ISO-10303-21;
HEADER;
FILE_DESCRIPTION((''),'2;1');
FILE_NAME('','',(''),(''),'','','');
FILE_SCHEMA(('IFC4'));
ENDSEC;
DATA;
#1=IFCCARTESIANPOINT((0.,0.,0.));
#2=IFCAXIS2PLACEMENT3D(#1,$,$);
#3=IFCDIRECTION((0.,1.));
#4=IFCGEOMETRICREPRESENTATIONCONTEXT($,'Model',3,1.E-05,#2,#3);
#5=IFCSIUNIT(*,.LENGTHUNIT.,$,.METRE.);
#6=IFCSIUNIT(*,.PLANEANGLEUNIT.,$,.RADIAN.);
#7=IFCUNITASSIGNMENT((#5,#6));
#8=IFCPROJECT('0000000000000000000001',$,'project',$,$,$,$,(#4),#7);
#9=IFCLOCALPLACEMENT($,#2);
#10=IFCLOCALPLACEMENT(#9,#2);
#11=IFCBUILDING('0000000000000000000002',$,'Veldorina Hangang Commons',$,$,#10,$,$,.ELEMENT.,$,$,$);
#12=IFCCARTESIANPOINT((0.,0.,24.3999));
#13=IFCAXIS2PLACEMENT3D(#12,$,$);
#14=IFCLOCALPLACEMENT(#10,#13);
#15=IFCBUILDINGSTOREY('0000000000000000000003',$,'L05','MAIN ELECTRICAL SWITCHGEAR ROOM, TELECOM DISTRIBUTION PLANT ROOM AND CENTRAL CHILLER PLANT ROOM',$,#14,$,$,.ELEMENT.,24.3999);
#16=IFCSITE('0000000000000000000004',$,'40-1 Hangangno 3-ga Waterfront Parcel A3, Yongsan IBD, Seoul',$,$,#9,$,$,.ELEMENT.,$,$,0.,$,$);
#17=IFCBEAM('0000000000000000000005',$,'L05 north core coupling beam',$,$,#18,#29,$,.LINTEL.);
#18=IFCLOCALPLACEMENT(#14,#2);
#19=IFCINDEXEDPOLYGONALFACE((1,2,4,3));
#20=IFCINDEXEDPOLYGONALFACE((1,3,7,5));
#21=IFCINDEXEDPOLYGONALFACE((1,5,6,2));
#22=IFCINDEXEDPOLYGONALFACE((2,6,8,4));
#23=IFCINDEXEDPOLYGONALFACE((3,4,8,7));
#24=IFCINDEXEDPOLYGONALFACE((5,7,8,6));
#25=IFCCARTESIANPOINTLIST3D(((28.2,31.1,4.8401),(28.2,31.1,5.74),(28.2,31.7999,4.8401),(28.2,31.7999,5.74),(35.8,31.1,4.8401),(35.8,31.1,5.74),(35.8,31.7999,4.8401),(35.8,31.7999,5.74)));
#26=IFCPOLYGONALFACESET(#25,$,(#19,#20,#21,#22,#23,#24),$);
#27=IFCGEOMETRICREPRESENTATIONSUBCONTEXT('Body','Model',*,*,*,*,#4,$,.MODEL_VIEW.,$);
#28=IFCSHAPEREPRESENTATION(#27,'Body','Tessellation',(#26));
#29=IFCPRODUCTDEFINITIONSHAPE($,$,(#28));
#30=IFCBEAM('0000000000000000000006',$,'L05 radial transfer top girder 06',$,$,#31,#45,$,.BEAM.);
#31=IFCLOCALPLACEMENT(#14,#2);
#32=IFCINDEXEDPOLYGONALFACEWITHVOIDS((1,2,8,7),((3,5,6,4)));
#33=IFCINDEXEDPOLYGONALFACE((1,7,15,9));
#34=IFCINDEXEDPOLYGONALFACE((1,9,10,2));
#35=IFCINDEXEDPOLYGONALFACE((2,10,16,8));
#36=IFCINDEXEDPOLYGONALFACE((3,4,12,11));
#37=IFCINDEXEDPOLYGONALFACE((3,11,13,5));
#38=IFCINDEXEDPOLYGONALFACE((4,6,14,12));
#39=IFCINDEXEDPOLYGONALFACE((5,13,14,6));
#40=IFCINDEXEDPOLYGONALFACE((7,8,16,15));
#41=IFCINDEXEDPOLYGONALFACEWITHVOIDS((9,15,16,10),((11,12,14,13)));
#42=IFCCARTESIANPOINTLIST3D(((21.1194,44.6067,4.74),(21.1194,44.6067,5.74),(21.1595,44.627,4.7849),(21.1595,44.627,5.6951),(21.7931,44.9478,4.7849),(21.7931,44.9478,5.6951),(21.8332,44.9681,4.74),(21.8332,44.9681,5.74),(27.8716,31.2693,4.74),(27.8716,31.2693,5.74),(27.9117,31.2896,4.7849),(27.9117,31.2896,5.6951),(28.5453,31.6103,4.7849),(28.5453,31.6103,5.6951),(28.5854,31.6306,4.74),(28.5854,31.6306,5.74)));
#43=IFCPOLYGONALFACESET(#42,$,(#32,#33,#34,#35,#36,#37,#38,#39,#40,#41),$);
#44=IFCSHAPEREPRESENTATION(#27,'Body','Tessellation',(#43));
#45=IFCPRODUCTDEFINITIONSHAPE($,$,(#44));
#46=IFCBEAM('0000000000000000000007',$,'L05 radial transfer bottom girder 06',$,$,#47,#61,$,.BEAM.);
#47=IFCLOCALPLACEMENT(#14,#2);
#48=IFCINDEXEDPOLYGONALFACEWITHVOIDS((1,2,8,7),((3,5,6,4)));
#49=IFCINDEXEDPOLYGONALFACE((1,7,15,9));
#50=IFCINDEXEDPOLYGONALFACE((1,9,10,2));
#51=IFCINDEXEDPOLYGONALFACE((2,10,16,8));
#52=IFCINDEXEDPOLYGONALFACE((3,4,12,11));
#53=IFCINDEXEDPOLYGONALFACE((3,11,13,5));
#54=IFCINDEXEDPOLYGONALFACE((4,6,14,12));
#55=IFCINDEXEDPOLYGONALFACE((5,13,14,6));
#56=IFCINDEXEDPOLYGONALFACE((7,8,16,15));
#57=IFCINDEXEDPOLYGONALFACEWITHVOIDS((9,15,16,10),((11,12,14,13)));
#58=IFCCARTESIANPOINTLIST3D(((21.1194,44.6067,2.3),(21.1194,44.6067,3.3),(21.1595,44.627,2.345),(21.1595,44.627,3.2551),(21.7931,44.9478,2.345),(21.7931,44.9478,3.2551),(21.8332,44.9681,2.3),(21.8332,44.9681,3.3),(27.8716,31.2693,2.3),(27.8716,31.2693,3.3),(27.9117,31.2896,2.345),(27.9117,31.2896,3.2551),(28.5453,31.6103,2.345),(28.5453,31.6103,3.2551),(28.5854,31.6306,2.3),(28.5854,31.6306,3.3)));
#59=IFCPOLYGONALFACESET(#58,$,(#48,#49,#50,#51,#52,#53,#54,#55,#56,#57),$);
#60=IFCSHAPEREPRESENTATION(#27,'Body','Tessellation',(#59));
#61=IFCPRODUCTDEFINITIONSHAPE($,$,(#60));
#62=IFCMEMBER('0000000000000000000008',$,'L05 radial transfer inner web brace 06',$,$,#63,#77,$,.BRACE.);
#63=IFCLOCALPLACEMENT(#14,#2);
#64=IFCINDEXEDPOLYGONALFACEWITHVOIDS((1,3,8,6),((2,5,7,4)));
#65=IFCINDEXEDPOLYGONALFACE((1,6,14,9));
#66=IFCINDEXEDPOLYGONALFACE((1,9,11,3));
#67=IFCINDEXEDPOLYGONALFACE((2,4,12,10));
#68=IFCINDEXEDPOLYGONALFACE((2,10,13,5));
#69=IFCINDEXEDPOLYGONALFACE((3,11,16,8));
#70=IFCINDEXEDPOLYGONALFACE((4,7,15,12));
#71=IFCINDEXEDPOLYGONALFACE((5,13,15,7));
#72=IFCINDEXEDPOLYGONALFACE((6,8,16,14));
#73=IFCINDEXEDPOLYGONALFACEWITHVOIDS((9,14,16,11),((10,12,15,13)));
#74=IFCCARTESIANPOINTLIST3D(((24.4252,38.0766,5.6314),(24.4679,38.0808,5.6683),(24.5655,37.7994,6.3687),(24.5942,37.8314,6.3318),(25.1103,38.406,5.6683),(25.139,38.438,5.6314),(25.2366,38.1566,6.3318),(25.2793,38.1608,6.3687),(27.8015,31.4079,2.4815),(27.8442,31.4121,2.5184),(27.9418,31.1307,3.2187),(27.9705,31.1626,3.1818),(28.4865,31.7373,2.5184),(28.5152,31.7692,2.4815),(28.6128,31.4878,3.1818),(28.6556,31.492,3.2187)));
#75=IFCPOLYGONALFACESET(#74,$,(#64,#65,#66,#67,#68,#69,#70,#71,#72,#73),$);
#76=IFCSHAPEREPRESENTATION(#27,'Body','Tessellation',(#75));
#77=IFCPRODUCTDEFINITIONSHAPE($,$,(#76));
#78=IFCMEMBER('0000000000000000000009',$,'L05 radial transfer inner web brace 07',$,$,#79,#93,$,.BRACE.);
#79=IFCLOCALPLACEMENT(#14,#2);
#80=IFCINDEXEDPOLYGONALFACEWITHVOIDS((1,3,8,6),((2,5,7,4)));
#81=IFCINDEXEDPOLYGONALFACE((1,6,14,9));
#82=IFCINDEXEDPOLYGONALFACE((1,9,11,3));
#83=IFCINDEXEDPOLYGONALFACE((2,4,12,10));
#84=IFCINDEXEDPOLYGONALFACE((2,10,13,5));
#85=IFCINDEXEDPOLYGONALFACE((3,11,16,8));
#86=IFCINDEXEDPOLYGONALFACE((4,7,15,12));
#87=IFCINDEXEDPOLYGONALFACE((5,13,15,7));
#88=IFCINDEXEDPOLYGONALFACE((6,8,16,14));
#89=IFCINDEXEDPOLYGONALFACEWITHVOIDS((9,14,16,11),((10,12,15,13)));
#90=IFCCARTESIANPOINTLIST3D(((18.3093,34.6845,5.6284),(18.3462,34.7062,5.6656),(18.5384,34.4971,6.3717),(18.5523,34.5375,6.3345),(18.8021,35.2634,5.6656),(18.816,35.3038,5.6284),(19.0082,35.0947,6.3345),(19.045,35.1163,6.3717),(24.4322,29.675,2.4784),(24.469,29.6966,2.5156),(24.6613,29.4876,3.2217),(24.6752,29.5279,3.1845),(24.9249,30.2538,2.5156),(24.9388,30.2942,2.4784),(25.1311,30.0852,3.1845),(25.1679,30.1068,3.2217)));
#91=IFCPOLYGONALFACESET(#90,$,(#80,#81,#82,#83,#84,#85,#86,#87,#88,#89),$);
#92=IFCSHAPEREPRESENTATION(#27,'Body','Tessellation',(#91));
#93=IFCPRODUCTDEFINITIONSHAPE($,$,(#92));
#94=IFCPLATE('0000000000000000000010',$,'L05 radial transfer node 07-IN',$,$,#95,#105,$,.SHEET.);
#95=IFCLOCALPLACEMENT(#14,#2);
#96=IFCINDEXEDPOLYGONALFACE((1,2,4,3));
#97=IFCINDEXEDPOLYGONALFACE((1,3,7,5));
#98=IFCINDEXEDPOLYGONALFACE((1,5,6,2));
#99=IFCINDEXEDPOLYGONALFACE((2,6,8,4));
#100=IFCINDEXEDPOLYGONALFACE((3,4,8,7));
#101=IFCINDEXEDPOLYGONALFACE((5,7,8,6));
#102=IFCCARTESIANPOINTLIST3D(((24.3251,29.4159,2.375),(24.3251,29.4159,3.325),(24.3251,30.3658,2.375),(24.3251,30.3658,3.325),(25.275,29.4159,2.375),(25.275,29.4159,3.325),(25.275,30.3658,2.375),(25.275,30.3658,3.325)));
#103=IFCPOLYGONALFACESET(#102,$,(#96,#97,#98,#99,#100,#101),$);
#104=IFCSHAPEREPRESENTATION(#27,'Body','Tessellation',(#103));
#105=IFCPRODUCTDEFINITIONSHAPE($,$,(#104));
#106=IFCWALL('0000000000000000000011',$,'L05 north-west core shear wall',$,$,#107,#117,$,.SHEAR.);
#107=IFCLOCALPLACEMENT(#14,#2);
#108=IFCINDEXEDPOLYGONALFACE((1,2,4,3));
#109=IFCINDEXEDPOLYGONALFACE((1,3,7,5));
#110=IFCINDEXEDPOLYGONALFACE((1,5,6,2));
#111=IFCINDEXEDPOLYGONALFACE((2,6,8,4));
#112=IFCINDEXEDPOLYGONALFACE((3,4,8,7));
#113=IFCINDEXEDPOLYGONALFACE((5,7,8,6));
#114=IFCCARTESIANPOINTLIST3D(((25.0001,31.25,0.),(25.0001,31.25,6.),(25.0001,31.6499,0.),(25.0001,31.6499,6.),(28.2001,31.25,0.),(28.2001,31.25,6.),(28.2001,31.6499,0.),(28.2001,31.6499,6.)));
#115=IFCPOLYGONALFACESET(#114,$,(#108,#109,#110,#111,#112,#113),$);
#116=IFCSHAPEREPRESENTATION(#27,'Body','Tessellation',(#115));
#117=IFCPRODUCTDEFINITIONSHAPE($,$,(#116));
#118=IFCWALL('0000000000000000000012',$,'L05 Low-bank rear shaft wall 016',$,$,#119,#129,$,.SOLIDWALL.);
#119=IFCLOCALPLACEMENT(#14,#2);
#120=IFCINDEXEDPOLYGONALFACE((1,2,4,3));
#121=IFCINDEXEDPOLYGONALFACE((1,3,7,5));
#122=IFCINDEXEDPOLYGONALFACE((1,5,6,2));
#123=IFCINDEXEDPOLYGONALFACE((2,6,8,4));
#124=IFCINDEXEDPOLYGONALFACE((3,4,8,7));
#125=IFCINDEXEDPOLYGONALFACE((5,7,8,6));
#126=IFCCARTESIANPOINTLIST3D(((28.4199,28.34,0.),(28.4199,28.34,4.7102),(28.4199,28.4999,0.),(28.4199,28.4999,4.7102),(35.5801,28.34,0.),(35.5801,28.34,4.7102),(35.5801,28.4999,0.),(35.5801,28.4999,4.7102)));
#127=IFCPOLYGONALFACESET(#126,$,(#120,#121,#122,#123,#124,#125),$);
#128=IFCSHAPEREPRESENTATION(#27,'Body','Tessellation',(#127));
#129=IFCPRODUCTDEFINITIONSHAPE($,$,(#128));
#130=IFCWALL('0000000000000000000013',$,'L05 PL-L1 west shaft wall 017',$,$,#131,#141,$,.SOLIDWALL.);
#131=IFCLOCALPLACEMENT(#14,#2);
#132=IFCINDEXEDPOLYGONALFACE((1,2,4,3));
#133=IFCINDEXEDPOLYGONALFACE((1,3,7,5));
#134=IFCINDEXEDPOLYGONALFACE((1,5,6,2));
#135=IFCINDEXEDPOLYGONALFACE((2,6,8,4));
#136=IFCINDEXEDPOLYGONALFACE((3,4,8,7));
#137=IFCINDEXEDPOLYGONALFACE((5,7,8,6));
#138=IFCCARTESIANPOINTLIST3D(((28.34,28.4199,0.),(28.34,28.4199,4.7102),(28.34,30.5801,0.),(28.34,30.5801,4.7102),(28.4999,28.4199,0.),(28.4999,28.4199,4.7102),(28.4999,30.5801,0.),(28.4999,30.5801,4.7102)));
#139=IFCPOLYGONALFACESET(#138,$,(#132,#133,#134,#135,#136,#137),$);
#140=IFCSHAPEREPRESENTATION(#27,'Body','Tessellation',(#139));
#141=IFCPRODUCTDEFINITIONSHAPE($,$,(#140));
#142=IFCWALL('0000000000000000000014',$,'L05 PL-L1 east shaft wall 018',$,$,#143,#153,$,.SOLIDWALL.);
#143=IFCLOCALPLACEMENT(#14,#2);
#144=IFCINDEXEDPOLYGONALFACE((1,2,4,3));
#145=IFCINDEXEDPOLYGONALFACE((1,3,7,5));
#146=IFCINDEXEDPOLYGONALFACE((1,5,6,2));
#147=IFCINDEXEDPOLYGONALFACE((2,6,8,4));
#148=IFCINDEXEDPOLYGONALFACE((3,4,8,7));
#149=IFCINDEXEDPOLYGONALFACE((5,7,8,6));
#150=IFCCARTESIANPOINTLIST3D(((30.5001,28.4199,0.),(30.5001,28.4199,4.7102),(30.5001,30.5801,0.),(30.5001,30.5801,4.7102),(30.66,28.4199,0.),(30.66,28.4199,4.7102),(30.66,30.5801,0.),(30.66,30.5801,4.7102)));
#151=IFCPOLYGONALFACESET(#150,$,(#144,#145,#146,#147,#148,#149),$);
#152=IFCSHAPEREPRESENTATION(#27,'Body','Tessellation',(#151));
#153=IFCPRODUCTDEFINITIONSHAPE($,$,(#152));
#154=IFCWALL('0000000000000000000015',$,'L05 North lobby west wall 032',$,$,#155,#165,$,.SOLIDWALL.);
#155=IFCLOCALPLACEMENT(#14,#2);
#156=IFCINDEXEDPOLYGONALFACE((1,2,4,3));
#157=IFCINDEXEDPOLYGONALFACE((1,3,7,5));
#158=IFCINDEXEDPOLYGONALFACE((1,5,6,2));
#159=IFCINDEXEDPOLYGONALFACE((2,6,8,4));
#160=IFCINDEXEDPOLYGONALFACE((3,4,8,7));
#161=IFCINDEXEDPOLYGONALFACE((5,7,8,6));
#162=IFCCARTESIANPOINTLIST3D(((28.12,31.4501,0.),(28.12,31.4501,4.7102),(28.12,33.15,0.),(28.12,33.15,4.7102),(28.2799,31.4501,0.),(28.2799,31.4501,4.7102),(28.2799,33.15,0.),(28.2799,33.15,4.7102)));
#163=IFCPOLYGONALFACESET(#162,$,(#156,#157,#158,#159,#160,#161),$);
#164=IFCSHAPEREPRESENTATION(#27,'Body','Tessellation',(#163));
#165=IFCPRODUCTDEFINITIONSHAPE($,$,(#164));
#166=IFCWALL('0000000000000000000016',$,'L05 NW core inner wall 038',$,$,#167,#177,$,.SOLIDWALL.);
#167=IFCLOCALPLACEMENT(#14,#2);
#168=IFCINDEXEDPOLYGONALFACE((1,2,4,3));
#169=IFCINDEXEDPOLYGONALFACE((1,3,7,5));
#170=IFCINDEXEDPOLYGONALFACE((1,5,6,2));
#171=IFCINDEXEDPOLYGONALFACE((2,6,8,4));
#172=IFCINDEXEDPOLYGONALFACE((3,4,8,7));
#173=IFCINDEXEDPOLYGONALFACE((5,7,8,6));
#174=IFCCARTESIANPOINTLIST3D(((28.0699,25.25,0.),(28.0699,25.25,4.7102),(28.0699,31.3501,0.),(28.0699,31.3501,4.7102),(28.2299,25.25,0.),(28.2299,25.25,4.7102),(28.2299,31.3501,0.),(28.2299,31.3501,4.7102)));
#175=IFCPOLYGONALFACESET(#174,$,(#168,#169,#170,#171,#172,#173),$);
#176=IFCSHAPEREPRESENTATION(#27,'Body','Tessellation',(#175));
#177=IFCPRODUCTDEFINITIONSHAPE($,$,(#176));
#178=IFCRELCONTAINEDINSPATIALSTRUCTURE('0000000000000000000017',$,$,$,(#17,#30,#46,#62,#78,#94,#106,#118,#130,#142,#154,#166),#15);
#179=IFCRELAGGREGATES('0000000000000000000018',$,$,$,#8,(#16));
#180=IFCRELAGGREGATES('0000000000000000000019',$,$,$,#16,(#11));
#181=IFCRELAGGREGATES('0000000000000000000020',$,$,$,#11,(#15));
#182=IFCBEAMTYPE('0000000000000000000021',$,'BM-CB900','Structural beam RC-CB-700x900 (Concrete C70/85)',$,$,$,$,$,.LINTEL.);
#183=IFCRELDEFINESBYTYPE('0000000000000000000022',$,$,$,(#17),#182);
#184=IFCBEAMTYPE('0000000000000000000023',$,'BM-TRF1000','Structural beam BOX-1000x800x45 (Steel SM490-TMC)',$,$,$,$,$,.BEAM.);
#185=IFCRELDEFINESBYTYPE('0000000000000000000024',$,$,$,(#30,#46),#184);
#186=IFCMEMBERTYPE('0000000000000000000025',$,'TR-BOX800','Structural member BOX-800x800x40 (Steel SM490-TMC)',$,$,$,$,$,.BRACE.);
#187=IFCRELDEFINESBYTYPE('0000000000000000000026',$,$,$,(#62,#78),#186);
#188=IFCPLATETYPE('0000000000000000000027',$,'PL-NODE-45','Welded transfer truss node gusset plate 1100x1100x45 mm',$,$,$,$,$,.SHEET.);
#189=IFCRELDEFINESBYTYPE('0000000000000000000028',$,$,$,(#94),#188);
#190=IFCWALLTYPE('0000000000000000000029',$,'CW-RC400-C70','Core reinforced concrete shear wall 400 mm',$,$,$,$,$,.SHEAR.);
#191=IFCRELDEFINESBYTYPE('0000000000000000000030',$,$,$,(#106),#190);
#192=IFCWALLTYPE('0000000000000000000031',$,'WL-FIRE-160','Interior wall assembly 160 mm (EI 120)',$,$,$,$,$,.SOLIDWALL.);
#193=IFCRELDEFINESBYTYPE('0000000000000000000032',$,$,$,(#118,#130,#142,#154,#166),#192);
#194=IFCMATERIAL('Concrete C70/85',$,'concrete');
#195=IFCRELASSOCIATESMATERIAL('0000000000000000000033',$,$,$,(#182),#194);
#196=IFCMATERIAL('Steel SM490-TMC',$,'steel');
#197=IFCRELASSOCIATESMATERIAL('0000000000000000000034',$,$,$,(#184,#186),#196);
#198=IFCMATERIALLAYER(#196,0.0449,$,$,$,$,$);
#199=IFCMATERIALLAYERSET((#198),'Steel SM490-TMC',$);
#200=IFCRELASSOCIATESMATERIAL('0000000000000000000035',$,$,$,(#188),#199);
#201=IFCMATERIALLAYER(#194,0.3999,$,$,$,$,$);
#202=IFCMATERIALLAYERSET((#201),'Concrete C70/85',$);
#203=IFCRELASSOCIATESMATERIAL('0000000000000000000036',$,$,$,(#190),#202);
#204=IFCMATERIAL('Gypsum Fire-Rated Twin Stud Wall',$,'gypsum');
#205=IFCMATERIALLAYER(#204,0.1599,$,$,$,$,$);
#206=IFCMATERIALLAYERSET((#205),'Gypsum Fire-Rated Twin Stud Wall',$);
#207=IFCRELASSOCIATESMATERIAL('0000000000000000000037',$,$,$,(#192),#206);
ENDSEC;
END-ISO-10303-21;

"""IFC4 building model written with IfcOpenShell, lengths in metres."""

from ifc_helpers import new_model, si_unit, direction, frame, frame_2d, origin, origin_2d, place, context, subcontext, project, spatial, rectangle, hollow_rectangle, extrude, material, layer, layer_set, material_profile, profile_set, type_object, element, save


model = new_model("IFC4")

# Units and contexts
model_context = context("Model", 3, precision=1e-05, world=origin(), true_north=direction((0.0, 1.0)))
body_context = subcontext(model_context, "Body", "Model", "MODEL_VIEW")
ifc_project = project(units=[si_unit("LENGTHUNIT", "METRE"), si_unit("PLANEANGLEUNIT", "RADIAN")], contexts=[model_context])

# Site, building, storey
site_placement = place(None, origin())
site = spatial("IfcSite", under=ifc_project, at=site_placement, Name="40-1 Hangangno 3-ga Waterfront Parcel A3, Yongsan IBD, Seoul", CompositionType="ELEMENT", RefElevation=0.0)
building_placement = place(site_placement, origin())
building = spatial("IfcBuilding", under=site, at=building_placement, Name="Veldorina Hangang Commons", CompositionType="ELEMENT")
storey_placement = place(building_placement, frame((0.0, 0.0, 24.3999)))
storey = spatial("IfcBuildingStorey", under=building, at=storey_placement, Name="L05", Description="MAIN ELECTRICAL SWITCHGEAR ROOM, TELECOM DISTRIBUTION PLANT ROOM AND CENTRAL CHILLER PLANT ROOM", CompositionType="ELEMENT", Elevation=24.3999)

# Beams
ifc_material_1 = material(Name="Concrete C70/85", Category="concrete")
ifc_material_profile_1 = material_profile(ifc_material_1, rectangle(XDim=0.7, YDim=0.8999, at=origin_2d()), Name="RC-CB-700x900")
ifc_profile_set_1 = profile_set([ifc_material_profile_1], Name="Concrete C70/85")
beam_type_1 = type_object("IfcBeamType", Name="BM-CB900", Description="Structural beam RC-CB-700x900 (Concrete C70/85)", PredefinedType="LINTEL", material=ifc_profile_set_1)
beam_placement = place(storey_placement, frame((28.2, 31.45, 5.29), z_axis=(1.0, 0.0, 0.0), x_axis=(0.0, 1.0, 0.0)))
element("IfcBeam", 1, at=beam_placement, inside=storey, type_object=beam_type_1, Name="L05 north core coupling beam", PredefinedType="LINTEL", context=body_context, shape_type="SweptSolid", body=[
    extrude(rectangle(XDim=0.7, YDim=0.8999, at=origin_2d()), origin(), (0.0, 0.0, 1.0), 7.6001),
])
ifc_material_2 = material(Name="Steel SM490-TMC", Category="steel")
ifc_material_profile_2 = material_profile(ifc_material_2, hollow_rectangle(XDim=0.8, YDim=1.0, WallThickness=0.0449, at=origin_2d()), Name="BOX-1000x800x45")
ifc_profile_set_2 = profile_set([ifc_material_profile_2], Name="Steel SM490-TMC")
beam_type_2 = type_object("IfcBeamType", Name="BM-TRF1000", Description="Structural beam BOX-1000x800x45 (Steel SM490-TMC)", PredefinedType="BEAM", material=ifc_profile_set_2)
for number, where, z_axis, x_axis, name in (
    (2, (28.2285, 31.45, 5.24), (-0.451676, 0.892182, 0.0), (-0.892182, -0.451676, 0.0), "L05 radial transfer top girder 06"),
    (3, (28.2285, 31.45, 2.8), (-0.451676, 0.892182, 0.0), (-0.892182, -0.451676, 0.0), "L05 radial transfer bottom girder 06"),
):
    element("IfcBeam", number, at=place(storey_placement, frame(where, z_axis=z_axis, x_axis=x_axis)), inside=storey, type_object=beam_type_2, Name=name, PredefinedType="BEAM", context=body_context, shape_type="SweptSolid", body=[
        extrude(hollow_rectangle(XDim=0.8, YDim=1.0, WallThickness=0.0449, at=origin_2d()), origin(), (0.0, 0.0, 1.0), 14.9492),
    ])

# Members
ifc_material_profile_3 = material_profile(ifc_material_2, hollow_rectangle(XDim=0.8, YDim=0.8, WallThickness=0.04, at=origin_2d()), Name="BOX-800x800x40")
ifc_profile_set_3 = profile_set([ifc_material_profile_3], Name="Steel SM490-TMC")
member_type = type_object("IfcMemberType", Name="TR-BOX800", Description="Structural member BOX-800x800x40 (Steel SM490-TMC)", PredefinedType="BRACE", material=ifc_profile_set_3)
member_1_placement = place(storey_placement, frame((28.2285, 31.45, 2.8501), z_axis=(-0.416239, 0.822155, 0.388338), x_axis=(-0.892175, -0.451689, 0.0)))
element("IfcMember", 4, at=member_1_placement, inside=storey, type_object=member_type, Name="L05 radial transfer inner web brace 06", PredefinedType="BRACE", context=body_context, shape_type="SweptSolid", body=[
    extrude(hollow_rectangle(XDim=0.8, YDim=0.8, WallThickness=0.04, at=origin_2d()), origin(), (0.0, 0.0, 1.0), 8.1113),
])
member_2_placement = place(storey_placement, frame((24.8, 29.8909, 2.8501), z_axis=(-0.719057, 0.588315, 0.369922), x_axis=(-0.633234, -0.77396, 0.0)))
element("IfcMember", 5, at=member_2_placement, inside=storey, type_object=member_type, Name="L05 radial transfer inner web brace 07", PredefinedType="BRACE", context=body_context, shape_type="SweptSolid", body=[
    extrude(hollow_rectangle(XDim=0.8, YDim=0.8, WallThickness=0.04, at=origin_2d()), origin(), (0.0, 0.0, 1.0), 8.5151),
])

# Plate
ifc_layer_1 = layer(ifc_material_2, 0.0449)
ifc_layer_set_1 = layer_set([ifc_layer_1], Name="Steel SM490-TMC")
plate_type = type_object("IfcPlateType", Name="PL-NODE-45", Description="Welded transfer truss node gusset plate 1100x1100x45 mm", PredefinedType="SHEET", material=ifc_layer_set_1)
plate_placement = place(storey_placement, frame((24.8, 29.8909, 2.375), z_axis=(0.0, 0.0, 1.0), x_axis=(1.0, 0.0, 0.0)))
element("IfcPlate", 6, at=plate_placement, inside=storey, type_object=plate_type, Name="L05 radial transfer node 07-IN", PredefinedType="SHEET", context=body_context, shape_type="SweptSolid", body=[
    extrude(rectangle(XDim=0.95, YDim=0.95, at=origin_2d()), origin(), (0.0, 0.0, 1.0), 0.95),
])

# Wall
ifc_layer_2 = layer(ifc_material_1, 0.3999)
ifc_layer_set_2 = layer_set([ifc_layer_2], Name="Concrete C70/85")
wall_type_1 = type_object("IfcWallType", Name="CW-RC400-C70", Description="Core reinforced concrete shear wall 400 mm", PredefinedType="SHEAR", material=ifc_layer_set_2)
wall_1_placement = place(storey_placement, frame((25.0, 31.45, 0.0), z_axis=(0.0, 0.0, 1.0), x_axis=(1.0, 0.0, 0.0)))
element("IfcWall", 7, at=wall_1_placement, inside=storey, type_object=wall_type_1, Name="L05 north-west core shear wall", PredefinedType="SHEAR", context=body_context, shape_type="SweptSolid", body=[
    extrude(rectangle(XDim=3.2, YDim=0.3999, at=frame_2d((1.6001, 0.0))), origin(), (0.0, 0.0, 1.0), 6.0),
])

# Shared definitions
ifc_material_3 = material(Name="Gypsum Fire-Rated Twin Stud Wall", Category="gypsum")
ifc_layer_3 = layer(ifc_material_3, 0.1599)
ifc_layer_set_3 = layer_set([ifc_layer_3], Name="Gypsum Fire-Rated Twin Stud Wall")
wall_type_2 = type_object("IfcWallType", Name="WL-FIRE-160", Description="Interior wall assembly 160 mm (EI 120)", PredefinedType="SOLIDWALL", material=ifc_layer_set_3)

# Walls
wall_2_placement = place(storey_placement, frame((28.4199, 28.4199, 0.0), z_axis=(0.0, 0.0, 1.0), x_axis=(1.0, 0.0, 0.0)))
element("IfcWall", 8, at=wall_2_placement, inside=storey, type_object=wall_type_2, Name="L05 Low-bank rear shaft wall 016", PredefinedType="SOLIDWALL", context=body_context, shape_type="SweptSolid", body=[
    extrude(rectangle(XDim=7.1602, YDim=0.1599, at=frame_2d((3.5801, 0.0))), origin(), (0.0, 0.0, 1.0), 4.7102),
])
for number, where, z_axis, x_axis, name in (
    (9, (28.4199, 28.4199, 0.0), (0.0, 0.0, 1.0), (0.0, 1.0, 0.0), "L05 PL-L1 west shaft wall 017"),
    (10, (30.5801, 28.4199, 0.0), (0.0, 0.0, 1.0), (0.0, 1.0, 0.0), "L05 PL-L1 east shaft wall 018"),
):
    element("IfcWall", number, at=place(storey_placement, frame(where, z_axis=z_axis, x_axis=x_axis)), inside=storey, type_object=wall_type_2, Name=name, PredefinedType="SOLIDWALL", context=body_context, shape_type="SweptSolid", body=[
        extrude(rectangle(XDim=2.1602, YDim=0.1599, at=frame_2d((1.0801, 0.0))), origin(), (0.0, 0.0, 1.0), 4.7102),
    ])
wall_3_placement = place(storey_placement, frame((28.2, 31.45, 0.0), z_axis=(0.0, 0.0, 1.0), x_axis=(0.0, 1.0, 0.0)))
element("IfcWall", 11, at=wall_3_placement, inside=storey, type_object=wall_type_2, Name="L05 North lobby west wall 032", PredefinedType="SOLIDWALL", context=body_context, shape_type="SweptSolid", body=[
    extrude(rectangle(XDim=1.7, YDim=0.1599, at=frame_2d((0.8501, 0.0))), origin(), (0.0, 0.0, 1.0), 4.7102),
])
wall_4_placement = place(storey_placement, frame((28.1499, 25.25, 0.0), z_axis=(0.0, 0.0, 1.0), x_axis=(0.0, 1.0, 0.0)))
element("IfcWall", 12, at=wall_4_placement, inside=storey, type_object=wall_type_2, Name="L05 NW core inner wall 038", PredefinedType="SOLIDWALL", context=body_context, shape_type="SweptSolid", body=[
    extrude(rectangle(XDim=6.1001, YDim=0.1599, at=frame_2d((3.05, 0.0))), origin(), (0.0, 0.0, 1.0), 4.7102),
])

save(model, "model.ifc")
